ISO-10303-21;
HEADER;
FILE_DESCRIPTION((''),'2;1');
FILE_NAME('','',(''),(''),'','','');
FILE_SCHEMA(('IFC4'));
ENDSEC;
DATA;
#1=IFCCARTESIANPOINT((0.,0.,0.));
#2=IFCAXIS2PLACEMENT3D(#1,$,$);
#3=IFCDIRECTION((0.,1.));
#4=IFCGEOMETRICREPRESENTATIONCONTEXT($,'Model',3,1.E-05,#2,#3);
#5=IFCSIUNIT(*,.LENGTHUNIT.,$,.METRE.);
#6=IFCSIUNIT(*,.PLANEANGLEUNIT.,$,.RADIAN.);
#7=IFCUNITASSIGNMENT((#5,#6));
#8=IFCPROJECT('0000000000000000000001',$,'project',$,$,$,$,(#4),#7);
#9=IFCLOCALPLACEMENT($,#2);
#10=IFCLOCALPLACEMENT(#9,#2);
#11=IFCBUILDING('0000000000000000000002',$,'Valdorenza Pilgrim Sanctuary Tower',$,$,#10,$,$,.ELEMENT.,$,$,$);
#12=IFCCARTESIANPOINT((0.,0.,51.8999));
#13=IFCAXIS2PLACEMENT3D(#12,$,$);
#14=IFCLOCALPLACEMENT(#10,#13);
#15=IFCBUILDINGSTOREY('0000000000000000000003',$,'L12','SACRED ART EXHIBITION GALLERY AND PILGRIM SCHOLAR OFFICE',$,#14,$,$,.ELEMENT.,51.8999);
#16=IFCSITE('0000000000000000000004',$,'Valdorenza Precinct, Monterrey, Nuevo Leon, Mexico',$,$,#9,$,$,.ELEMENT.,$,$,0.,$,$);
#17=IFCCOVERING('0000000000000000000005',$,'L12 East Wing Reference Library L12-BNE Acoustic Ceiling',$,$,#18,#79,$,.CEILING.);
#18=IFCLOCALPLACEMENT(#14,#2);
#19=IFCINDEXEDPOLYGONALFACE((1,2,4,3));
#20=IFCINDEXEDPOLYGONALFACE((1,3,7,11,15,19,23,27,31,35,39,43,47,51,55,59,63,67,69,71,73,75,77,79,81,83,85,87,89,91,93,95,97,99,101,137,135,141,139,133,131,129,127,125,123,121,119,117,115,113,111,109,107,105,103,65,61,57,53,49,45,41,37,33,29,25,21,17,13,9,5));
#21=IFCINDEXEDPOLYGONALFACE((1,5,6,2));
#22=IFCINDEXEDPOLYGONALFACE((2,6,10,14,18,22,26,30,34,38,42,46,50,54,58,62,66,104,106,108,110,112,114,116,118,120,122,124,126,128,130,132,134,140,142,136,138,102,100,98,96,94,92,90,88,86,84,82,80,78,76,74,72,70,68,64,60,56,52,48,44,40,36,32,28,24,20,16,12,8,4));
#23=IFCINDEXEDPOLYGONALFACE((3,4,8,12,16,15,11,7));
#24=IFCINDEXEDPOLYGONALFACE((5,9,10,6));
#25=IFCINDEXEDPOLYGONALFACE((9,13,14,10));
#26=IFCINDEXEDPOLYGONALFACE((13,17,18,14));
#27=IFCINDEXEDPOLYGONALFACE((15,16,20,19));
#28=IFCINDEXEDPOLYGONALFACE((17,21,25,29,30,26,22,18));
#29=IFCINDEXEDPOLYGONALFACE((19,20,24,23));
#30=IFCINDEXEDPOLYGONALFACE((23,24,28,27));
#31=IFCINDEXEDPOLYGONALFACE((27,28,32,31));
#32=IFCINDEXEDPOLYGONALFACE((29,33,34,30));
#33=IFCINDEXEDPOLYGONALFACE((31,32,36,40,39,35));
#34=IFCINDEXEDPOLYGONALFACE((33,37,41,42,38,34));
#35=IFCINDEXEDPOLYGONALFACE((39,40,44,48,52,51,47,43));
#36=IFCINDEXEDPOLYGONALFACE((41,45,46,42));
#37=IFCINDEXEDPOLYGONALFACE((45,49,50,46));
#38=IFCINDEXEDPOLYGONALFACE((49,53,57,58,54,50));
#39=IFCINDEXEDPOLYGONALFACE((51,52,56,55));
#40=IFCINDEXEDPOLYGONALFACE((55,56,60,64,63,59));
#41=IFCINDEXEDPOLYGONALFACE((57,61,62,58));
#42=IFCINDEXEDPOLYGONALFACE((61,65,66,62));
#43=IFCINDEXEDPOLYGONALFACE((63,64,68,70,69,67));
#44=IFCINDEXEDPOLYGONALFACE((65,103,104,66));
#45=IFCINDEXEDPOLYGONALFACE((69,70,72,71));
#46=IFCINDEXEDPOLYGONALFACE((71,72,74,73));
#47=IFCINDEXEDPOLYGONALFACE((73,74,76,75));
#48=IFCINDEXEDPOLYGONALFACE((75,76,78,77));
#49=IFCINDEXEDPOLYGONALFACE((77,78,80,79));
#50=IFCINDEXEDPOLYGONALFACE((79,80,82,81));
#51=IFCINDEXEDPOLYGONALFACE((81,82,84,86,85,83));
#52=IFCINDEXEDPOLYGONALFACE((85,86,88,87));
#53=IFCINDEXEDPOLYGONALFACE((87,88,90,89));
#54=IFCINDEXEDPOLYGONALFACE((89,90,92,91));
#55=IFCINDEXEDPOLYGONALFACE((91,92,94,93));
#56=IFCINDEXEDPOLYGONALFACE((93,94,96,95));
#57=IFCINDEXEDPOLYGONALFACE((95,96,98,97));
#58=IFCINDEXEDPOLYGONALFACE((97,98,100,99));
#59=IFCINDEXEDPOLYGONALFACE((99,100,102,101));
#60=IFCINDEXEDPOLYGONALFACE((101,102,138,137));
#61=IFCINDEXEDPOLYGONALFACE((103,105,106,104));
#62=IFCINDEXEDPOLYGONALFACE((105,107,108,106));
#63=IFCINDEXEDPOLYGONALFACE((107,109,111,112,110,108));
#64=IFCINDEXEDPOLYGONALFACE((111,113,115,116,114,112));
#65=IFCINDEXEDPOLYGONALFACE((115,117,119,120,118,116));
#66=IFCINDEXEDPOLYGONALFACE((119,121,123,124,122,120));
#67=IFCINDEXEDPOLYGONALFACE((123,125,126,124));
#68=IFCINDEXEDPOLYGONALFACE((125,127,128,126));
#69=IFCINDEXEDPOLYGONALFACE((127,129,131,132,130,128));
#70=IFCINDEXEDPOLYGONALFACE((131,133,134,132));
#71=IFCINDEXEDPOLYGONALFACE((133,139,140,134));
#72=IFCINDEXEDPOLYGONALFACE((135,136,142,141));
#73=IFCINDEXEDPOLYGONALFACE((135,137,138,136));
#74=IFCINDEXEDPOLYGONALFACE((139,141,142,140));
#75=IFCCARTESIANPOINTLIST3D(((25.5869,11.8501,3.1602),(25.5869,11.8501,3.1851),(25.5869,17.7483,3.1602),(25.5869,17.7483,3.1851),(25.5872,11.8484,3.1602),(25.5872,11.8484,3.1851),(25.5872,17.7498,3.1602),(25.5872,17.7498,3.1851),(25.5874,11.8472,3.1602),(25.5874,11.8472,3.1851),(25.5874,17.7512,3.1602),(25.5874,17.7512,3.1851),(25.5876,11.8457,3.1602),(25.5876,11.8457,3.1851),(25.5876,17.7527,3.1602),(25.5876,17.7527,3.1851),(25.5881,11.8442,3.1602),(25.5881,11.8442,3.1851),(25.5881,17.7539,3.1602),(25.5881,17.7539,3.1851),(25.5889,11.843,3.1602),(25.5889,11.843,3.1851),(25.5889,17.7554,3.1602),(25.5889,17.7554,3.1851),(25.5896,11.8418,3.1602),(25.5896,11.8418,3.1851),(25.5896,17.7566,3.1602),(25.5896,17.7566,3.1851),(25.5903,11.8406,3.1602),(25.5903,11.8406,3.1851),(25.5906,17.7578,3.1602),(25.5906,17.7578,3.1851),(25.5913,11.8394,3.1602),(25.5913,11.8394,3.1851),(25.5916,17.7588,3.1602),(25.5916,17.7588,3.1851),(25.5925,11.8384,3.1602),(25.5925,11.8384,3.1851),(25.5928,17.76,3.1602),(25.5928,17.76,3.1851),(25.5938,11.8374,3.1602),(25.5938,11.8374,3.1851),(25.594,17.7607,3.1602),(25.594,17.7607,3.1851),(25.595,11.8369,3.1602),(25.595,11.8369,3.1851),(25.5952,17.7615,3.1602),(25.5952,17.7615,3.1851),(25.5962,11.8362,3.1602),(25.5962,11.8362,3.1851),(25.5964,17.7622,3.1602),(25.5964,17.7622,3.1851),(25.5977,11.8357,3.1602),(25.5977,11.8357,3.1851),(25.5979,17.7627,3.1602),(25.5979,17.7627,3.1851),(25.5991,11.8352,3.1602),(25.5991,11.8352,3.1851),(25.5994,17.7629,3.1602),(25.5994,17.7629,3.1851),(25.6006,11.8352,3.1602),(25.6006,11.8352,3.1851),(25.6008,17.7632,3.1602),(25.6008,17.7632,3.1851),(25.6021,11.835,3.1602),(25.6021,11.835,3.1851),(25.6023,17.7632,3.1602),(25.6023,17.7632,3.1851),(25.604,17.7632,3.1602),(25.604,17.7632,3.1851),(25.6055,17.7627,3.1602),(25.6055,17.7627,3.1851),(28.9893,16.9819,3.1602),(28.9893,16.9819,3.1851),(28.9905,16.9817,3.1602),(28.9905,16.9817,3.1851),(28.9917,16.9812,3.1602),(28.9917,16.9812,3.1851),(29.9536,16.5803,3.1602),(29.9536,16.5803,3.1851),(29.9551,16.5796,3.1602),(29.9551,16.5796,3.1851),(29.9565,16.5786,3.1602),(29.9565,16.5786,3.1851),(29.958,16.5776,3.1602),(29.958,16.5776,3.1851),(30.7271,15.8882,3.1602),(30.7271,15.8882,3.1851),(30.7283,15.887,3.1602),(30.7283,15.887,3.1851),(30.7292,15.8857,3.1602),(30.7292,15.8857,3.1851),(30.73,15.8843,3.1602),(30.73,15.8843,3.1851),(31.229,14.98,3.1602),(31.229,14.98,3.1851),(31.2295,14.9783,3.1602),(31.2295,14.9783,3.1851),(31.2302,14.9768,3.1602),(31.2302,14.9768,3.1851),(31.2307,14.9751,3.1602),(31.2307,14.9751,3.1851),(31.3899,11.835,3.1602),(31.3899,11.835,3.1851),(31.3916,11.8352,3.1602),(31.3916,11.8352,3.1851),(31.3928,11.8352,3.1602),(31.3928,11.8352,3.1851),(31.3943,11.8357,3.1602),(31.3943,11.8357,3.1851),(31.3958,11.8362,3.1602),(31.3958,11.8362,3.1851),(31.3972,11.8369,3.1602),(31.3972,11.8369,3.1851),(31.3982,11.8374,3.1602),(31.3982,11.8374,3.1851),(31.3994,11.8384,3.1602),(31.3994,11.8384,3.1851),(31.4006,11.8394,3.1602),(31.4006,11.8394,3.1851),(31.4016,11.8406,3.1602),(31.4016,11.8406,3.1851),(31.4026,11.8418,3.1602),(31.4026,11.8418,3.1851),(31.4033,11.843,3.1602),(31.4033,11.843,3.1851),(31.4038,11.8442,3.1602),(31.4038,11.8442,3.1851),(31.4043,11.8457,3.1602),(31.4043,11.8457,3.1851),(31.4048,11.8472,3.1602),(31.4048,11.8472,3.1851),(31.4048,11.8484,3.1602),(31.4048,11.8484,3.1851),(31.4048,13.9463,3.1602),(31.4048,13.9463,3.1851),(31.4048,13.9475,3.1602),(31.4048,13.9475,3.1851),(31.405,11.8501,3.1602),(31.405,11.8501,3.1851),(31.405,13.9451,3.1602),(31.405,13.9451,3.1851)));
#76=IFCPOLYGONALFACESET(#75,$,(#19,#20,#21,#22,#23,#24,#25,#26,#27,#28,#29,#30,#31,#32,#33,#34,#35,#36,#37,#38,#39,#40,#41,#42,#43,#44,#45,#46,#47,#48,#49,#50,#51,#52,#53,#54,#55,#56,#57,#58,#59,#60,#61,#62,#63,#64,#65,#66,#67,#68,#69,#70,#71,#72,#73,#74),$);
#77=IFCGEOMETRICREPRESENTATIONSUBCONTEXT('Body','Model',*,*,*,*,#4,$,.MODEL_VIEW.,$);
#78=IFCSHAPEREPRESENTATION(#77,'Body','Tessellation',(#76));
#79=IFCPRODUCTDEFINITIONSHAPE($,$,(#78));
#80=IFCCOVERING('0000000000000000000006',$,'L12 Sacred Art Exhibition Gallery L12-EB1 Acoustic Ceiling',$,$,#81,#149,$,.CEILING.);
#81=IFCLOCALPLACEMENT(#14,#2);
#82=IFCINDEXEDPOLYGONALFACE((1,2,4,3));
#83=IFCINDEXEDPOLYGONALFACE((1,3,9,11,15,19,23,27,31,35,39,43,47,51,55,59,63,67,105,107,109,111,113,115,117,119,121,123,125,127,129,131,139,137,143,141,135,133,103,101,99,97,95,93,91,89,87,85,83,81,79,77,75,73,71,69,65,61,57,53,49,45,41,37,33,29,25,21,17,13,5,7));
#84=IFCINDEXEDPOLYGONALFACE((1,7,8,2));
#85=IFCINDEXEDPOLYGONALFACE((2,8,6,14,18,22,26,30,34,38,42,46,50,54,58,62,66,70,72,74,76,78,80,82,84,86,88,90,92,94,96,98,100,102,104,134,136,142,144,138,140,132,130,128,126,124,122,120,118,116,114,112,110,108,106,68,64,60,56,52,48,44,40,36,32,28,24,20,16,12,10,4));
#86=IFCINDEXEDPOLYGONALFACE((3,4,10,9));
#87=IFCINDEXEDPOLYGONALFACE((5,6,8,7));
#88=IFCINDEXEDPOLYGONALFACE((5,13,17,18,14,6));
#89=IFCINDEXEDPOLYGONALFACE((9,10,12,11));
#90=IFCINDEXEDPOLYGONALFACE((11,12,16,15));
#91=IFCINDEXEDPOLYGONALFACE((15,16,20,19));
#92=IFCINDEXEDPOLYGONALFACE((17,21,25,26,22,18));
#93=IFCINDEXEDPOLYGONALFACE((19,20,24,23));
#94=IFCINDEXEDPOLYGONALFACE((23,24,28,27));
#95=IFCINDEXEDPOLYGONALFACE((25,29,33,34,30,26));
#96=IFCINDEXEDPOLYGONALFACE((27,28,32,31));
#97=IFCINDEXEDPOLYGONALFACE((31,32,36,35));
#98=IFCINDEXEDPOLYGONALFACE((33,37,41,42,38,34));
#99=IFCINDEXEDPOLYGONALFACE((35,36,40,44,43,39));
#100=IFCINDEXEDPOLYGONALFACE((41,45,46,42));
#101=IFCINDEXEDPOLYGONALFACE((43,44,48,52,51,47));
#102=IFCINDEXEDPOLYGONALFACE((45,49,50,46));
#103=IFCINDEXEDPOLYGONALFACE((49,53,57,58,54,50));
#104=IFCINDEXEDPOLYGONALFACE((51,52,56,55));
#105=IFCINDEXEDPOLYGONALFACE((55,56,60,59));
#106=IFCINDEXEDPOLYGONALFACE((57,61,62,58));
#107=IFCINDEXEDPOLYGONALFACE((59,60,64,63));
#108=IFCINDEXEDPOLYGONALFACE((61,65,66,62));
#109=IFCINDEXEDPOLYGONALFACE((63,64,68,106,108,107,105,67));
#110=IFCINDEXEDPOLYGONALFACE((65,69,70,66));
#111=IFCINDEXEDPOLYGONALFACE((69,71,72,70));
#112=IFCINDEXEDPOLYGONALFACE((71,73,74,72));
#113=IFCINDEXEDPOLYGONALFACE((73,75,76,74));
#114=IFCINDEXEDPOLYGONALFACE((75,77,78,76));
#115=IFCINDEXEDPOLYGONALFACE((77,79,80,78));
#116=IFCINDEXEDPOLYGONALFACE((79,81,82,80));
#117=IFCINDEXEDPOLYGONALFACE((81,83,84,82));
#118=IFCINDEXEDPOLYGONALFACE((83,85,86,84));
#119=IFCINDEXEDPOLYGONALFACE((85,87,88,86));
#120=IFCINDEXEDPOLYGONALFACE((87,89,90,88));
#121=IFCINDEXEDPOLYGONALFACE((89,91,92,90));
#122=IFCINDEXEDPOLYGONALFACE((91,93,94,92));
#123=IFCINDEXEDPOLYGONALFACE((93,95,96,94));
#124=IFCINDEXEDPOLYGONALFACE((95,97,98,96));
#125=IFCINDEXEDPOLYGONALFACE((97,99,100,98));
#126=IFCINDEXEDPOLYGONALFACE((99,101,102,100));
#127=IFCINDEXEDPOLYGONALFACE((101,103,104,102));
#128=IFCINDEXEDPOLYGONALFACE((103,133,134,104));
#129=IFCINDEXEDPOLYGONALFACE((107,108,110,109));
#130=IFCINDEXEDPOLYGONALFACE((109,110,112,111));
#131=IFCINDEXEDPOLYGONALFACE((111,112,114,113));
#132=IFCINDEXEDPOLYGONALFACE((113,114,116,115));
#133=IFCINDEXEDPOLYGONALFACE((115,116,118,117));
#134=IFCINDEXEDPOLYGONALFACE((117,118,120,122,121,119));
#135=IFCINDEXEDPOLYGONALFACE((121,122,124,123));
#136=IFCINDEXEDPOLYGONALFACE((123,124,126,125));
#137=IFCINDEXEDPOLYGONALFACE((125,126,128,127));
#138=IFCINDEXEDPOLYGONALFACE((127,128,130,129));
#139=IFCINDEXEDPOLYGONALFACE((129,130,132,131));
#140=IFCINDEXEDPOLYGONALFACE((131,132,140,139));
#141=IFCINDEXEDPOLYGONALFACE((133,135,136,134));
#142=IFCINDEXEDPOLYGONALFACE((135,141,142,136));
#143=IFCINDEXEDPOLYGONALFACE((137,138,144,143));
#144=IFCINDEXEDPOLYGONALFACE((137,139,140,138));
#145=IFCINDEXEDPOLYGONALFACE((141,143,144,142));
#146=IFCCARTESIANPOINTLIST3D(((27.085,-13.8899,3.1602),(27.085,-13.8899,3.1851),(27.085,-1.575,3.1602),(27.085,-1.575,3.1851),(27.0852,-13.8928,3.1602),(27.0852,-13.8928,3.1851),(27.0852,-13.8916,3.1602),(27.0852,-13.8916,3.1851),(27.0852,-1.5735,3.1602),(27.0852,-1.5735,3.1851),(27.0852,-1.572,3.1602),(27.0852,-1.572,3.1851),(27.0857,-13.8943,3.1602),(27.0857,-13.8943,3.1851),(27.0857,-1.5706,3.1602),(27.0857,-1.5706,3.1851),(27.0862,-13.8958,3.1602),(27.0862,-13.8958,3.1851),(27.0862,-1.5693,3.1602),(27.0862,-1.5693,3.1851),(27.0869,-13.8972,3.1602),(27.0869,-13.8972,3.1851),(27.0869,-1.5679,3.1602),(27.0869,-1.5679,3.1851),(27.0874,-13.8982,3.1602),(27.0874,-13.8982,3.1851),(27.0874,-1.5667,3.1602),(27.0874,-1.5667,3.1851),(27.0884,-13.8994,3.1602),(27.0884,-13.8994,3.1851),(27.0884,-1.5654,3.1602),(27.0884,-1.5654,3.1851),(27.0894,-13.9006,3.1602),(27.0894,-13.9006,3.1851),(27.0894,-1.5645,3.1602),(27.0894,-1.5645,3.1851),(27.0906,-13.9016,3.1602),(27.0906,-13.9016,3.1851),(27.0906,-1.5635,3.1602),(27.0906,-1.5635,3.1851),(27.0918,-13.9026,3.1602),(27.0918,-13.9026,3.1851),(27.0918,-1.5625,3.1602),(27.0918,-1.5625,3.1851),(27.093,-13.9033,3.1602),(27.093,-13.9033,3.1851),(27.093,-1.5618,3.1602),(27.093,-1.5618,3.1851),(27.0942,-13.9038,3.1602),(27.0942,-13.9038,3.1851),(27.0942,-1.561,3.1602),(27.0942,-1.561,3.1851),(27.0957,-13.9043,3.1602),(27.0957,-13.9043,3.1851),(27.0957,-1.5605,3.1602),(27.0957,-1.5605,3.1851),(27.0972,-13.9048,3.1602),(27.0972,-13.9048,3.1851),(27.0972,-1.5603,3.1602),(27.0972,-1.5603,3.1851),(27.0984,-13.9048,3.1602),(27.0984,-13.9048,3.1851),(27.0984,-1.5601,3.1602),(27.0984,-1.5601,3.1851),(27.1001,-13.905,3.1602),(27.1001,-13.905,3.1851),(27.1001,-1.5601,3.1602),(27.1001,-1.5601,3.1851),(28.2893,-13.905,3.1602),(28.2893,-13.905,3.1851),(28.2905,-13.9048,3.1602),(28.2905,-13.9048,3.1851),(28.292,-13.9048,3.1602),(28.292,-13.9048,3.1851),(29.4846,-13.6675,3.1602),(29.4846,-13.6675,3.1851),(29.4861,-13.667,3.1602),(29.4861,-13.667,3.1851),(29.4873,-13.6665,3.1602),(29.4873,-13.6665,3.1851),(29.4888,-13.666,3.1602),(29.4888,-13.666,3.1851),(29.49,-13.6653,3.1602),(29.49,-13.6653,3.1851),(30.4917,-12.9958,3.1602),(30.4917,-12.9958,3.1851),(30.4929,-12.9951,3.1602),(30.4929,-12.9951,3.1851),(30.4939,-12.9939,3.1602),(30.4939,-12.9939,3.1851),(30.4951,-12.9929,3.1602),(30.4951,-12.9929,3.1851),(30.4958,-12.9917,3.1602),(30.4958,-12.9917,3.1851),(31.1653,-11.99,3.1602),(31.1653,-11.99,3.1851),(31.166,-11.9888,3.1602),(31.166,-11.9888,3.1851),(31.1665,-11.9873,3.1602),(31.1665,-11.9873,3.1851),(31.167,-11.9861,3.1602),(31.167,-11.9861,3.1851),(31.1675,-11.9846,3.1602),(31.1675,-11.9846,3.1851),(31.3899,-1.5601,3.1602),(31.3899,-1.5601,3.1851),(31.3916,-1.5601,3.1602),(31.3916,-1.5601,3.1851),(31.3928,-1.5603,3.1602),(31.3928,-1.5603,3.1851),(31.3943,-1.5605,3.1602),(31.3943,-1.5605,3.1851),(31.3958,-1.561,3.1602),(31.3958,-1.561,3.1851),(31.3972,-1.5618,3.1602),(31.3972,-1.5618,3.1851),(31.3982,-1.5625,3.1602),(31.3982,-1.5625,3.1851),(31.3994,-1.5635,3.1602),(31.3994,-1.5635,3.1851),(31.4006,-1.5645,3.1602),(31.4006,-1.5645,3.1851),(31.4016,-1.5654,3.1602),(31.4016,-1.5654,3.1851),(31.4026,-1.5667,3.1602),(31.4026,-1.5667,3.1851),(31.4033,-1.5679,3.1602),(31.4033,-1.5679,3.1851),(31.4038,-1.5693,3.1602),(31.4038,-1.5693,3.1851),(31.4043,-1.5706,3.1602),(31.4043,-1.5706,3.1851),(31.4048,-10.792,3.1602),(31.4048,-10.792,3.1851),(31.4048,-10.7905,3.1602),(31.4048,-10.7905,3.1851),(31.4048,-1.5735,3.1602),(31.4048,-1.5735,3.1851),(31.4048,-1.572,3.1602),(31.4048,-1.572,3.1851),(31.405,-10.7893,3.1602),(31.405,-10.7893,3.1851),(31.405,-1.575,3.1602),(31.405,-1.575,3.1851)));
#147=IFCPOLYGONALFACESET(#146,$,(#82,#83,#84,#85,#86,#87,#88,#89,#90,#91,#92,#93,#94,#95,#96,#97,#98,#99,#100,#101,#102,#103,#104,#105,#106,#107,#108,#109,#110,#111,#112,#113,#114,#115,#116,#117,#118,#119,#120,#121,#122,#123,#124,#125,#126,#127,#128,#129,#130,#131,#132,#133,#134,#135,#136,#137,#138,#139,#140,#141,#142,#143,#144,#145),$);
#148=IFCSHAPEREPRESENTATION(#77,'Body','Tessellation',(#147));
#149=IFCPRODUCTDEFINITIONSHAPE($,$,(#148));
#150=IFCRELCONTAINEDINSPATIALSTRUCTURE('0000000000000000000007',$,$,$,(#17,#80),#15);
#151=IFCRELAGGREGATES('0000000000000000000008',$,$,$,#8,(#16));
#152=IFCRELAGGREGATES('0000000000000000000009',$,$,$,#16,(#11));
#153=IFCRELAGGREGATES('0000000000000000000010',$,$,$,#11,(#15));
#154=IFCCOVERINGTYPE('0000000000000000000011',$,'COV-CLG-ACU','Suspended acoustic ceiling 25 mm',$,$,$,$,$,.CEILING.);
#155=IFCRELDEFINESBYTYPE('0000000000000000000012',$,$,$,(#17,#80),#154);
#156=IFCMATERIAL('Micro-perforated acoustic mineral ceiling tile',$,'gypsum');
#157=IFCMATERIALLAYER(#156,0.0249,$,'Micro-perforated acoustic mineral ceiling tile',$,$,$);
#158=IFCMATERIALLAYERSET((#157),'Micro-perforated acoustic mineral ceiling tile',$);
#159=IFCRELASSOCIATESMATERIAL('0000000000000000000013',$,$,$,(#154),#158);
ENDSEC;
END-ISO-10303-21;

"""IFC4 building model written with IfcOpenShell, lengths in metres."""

from ifc_helpers import new_model, si_unit, direction, frame, origin, place, context, subcontext, project, spatial, polyline, outline, extrude, material, layer, layer_set, type_object, element, save


model = new_model("IFC4")

# Units and contexts
model_context = context("Model", 3, precision=1e-05, world=origin(), true_north=direction((0.0, 1.0)))
body_context = subcontext(model_context, "Body", "Model", "MODEL_VIEW")
ifc_project = project(units=[si_unit("LENGTHUNIT", "METRE"), si_unit("PLANEANGLEUNIT", "RADIAN")], contexts=[model_context])

# Site, building, storey
site_placement = place(None, origin())
site = spatial("IfcSite", under=ifc_project, at=site_placement, Name="Valdorenza Precinct, Monterrey, Nuevo Leon, Mexico", CompositionType="ELEMENT", RefElevation=0.0)
building_placement = place(site_placement, origin())
building = spatial("IfcBuilding", under=site, at=building_placement, Name="Valdorenza Pilgrim Sanctuary Tower", CompositionType="ELEMENT")
storey_placement = place(building_placement, frame((0.0, 0.0, 51.8999)))
storey = spatial("IfcBuildingStorey", under=building, at=storey_placement, Name="L12", Description="SACRED ART EXHIBITION GALLERY AND PILGRIM SCHOLAR OFFICE", CompositionType="ELEMENT", Elevation=51.8999)

# Coverings
ifc_material_1 = material(Name="Micro-perforated acoustic mineral ceiling tile", Category="gypsum")
ifc_layer_1 = layer(ifc_material_1, 0.0249, Name="Micro-perforated acoustic mineral ceiling tile")
ifc_layer_set_1 = layer_set([ifc_layer_1], Name="Micro-perforated acoustic mineral ceiling tile")
covering_type_1 = type_object("IfcCoveringType", Name="COV-CLG-ACU", Description="Suspended acoustic ceiling 25 mm", PredefinedType="CEILING", material=ifc_layer_set_1)
covering_1_placement = place(storey_placement, frame((0.0, 0.0, 3.1602)))
element("IfcCovering", 1, at=covering_1_placement, inside=storey, type_object=covering_type_1, Name="L12 East Wing Reference Library L12-BNE Acoustic Ceiling", PredefinedType="CEILING", context=body_context, shape_type="SweptSolid", body=[
    extrude(outline(polyline([(28.9893, 16.9819), (28.9905, 16.9817), (28.9917, 16.9812), (29.9536, 16.5803), (29.9551, 16.5796), (29.9565, 16.5786), (29.958, 16.5776), (30.7271, 15.8882), (30.7283, 15.887), (30.7292, 15.8857), (30.73, 15.8843), (31.229, 14.98), (31.2295, 14.9783), (31.2302, 14.9768), (31.2307, 14.9751), (31.4048, 13.9475), (31.4048, 13.9463), (31.405, 13.9451), (31.405, 11.8501), (31.4048, 11.8484), (31.4048, 11.8472), (31.4043, 11.8457), (31.4038, 11.8442), (31.4033, 11.843), (31.4026, 11.8418), (31.4016, 11.8406), (31.4006, 11.8394), (31.3994, 11.8384), (31.3982, 11.8374), (31.3972, 11.8369), (31.3958, 11.8362), (31.3943, 11.8357), (31.3928, 11.8352), (31.3916, 11.8352), (31.3899, 11.835), (25.6021, 11.835), (25.6006, 11.8352), (25.5991, 11.8352), (25.5977, 11.8357), (25.5962, 11.8362), (25.595, 11.8369), (25.5938, 11.8374), (25.5925, 11.8384), (25.5913, 11.8394), (25.5903, 11.8406), (25.5896, 11.8418), (25.5889, 11.843), (25.5881, 11.8442), (25.5876, 11.8457), (25.5874, 11.8472), (25.5872, 11.8484), (25.5869, 11.8501), (25.5869, 17.7483), (25.5872, 17.7498), (25.5874, 17.7512), (25.5876, 17.7527), (25.5881, 17.7539), (25.5889, 17.7554), (25.5896, 17.7566), (25.5906, 17.7578), (25.5916, 17.7588), (25.5928, 17.76), (25.594, 17.7607), (25.5952, 17.7615), (25.5964, 17.7622), (25.5979, 17.7627), (25.5994, 17.7629), (25.6008, 17.7632), (25.6023, 17.7632), (25.604, 17.7632), (25.6055, 17.7627), (28.9893, 16.9819)])), origin(), (0.0, 0.0, 1.0), 0.0249),
])
covering_2_placement = place(storey_placement, frame((0.0, 0.0, 3.1602)))
element("IfcCovering", 2, at=covering_2_placement, inside=storey, type_object=covering_type_1, Name="L12 Sacred Art Exhibition Gallery L12-EB1 Acoustic Ceiling", PredefinedType="CEILING", context=body_context, shape_type="SweptSolid", body=[
    extrude(outline(polyline([(31.3899, -1.5601), (31.3916, -1.5601), (31.3928, -1.5603), (31.3943, -1.5605), (31.3958, -1.561), (31.3972, -1.5618), (31.3982, -1.5625), (31.3994, -1.5635), (31.4006, -1.5645), (31.4016, -1.5654), (31.4026, -1.5667), (31.4033, -1.5679), (31.4038, -1.5693), (31.4043, -1.5706), (31.4048, -1.572), (31.4048, -1.5735), (31.405, -1.575), (31.405, -10.7893), (31.4048, -10.7905), (31.4048, -10.792), (31.1675, -11.9846), (31.167, -11.9861), (31.1665, -11.9873), (31.166, -11.9888), (31.1653, -11.99), (30.4958, -12.9917), (30.4951, -12.9929), (30.4939, -12.9939), (30.4929, -12.9951), (30.4917, -12.9958), (29.49, -13.6653), (29.4888, -13.666), (29.4873, -13.6665), (29.4861, -13.667), (29.4846, -13.6675), (28.292, -13.9048), (28.2905, -13.9048), (28.2893, -13.905), (27.1001, -13.905), (27.0984, -13.9048), (27.0972, -13.9048), (27.0957, -13.9043), (27.0942, -13.9038), (27.093, -13.9033), (27.0918, -13.9026), (27.0906, -13.9016), (27.0894, -13.9006), (27.0884, -13.8994), (27.0874, -13.8982), (27.0869, -13.8972), (27.0862, -13.8958), (27.0857, -13.8943), (27.0852, -13.8928), (27.0852, -13.8916), (27.085, -13.8899), (27.085, -1.575), (27.0852, -1.5735), (27.0852, -1.572), (27.0857, -1.5706), (27.0862, -1.5693), (27.0869, -1.5679), (27.0874, -1.5667), (27.0884, -1.5654), (27.0894, -1.5645), (27.0906, -1.5635), (27.0918, -1.5625), (27.093, -1.5618), (27.0942, -1.561), (27.0957, -1.5605), (27.0972, -1.5603), (27.0984, -1.5601), (27.1001, -1.5601), (31.3899, -1.5601)])), origin(), (0.0, 0.0, 1.0), 0.0249),
])

save(model, "model.ifc")
